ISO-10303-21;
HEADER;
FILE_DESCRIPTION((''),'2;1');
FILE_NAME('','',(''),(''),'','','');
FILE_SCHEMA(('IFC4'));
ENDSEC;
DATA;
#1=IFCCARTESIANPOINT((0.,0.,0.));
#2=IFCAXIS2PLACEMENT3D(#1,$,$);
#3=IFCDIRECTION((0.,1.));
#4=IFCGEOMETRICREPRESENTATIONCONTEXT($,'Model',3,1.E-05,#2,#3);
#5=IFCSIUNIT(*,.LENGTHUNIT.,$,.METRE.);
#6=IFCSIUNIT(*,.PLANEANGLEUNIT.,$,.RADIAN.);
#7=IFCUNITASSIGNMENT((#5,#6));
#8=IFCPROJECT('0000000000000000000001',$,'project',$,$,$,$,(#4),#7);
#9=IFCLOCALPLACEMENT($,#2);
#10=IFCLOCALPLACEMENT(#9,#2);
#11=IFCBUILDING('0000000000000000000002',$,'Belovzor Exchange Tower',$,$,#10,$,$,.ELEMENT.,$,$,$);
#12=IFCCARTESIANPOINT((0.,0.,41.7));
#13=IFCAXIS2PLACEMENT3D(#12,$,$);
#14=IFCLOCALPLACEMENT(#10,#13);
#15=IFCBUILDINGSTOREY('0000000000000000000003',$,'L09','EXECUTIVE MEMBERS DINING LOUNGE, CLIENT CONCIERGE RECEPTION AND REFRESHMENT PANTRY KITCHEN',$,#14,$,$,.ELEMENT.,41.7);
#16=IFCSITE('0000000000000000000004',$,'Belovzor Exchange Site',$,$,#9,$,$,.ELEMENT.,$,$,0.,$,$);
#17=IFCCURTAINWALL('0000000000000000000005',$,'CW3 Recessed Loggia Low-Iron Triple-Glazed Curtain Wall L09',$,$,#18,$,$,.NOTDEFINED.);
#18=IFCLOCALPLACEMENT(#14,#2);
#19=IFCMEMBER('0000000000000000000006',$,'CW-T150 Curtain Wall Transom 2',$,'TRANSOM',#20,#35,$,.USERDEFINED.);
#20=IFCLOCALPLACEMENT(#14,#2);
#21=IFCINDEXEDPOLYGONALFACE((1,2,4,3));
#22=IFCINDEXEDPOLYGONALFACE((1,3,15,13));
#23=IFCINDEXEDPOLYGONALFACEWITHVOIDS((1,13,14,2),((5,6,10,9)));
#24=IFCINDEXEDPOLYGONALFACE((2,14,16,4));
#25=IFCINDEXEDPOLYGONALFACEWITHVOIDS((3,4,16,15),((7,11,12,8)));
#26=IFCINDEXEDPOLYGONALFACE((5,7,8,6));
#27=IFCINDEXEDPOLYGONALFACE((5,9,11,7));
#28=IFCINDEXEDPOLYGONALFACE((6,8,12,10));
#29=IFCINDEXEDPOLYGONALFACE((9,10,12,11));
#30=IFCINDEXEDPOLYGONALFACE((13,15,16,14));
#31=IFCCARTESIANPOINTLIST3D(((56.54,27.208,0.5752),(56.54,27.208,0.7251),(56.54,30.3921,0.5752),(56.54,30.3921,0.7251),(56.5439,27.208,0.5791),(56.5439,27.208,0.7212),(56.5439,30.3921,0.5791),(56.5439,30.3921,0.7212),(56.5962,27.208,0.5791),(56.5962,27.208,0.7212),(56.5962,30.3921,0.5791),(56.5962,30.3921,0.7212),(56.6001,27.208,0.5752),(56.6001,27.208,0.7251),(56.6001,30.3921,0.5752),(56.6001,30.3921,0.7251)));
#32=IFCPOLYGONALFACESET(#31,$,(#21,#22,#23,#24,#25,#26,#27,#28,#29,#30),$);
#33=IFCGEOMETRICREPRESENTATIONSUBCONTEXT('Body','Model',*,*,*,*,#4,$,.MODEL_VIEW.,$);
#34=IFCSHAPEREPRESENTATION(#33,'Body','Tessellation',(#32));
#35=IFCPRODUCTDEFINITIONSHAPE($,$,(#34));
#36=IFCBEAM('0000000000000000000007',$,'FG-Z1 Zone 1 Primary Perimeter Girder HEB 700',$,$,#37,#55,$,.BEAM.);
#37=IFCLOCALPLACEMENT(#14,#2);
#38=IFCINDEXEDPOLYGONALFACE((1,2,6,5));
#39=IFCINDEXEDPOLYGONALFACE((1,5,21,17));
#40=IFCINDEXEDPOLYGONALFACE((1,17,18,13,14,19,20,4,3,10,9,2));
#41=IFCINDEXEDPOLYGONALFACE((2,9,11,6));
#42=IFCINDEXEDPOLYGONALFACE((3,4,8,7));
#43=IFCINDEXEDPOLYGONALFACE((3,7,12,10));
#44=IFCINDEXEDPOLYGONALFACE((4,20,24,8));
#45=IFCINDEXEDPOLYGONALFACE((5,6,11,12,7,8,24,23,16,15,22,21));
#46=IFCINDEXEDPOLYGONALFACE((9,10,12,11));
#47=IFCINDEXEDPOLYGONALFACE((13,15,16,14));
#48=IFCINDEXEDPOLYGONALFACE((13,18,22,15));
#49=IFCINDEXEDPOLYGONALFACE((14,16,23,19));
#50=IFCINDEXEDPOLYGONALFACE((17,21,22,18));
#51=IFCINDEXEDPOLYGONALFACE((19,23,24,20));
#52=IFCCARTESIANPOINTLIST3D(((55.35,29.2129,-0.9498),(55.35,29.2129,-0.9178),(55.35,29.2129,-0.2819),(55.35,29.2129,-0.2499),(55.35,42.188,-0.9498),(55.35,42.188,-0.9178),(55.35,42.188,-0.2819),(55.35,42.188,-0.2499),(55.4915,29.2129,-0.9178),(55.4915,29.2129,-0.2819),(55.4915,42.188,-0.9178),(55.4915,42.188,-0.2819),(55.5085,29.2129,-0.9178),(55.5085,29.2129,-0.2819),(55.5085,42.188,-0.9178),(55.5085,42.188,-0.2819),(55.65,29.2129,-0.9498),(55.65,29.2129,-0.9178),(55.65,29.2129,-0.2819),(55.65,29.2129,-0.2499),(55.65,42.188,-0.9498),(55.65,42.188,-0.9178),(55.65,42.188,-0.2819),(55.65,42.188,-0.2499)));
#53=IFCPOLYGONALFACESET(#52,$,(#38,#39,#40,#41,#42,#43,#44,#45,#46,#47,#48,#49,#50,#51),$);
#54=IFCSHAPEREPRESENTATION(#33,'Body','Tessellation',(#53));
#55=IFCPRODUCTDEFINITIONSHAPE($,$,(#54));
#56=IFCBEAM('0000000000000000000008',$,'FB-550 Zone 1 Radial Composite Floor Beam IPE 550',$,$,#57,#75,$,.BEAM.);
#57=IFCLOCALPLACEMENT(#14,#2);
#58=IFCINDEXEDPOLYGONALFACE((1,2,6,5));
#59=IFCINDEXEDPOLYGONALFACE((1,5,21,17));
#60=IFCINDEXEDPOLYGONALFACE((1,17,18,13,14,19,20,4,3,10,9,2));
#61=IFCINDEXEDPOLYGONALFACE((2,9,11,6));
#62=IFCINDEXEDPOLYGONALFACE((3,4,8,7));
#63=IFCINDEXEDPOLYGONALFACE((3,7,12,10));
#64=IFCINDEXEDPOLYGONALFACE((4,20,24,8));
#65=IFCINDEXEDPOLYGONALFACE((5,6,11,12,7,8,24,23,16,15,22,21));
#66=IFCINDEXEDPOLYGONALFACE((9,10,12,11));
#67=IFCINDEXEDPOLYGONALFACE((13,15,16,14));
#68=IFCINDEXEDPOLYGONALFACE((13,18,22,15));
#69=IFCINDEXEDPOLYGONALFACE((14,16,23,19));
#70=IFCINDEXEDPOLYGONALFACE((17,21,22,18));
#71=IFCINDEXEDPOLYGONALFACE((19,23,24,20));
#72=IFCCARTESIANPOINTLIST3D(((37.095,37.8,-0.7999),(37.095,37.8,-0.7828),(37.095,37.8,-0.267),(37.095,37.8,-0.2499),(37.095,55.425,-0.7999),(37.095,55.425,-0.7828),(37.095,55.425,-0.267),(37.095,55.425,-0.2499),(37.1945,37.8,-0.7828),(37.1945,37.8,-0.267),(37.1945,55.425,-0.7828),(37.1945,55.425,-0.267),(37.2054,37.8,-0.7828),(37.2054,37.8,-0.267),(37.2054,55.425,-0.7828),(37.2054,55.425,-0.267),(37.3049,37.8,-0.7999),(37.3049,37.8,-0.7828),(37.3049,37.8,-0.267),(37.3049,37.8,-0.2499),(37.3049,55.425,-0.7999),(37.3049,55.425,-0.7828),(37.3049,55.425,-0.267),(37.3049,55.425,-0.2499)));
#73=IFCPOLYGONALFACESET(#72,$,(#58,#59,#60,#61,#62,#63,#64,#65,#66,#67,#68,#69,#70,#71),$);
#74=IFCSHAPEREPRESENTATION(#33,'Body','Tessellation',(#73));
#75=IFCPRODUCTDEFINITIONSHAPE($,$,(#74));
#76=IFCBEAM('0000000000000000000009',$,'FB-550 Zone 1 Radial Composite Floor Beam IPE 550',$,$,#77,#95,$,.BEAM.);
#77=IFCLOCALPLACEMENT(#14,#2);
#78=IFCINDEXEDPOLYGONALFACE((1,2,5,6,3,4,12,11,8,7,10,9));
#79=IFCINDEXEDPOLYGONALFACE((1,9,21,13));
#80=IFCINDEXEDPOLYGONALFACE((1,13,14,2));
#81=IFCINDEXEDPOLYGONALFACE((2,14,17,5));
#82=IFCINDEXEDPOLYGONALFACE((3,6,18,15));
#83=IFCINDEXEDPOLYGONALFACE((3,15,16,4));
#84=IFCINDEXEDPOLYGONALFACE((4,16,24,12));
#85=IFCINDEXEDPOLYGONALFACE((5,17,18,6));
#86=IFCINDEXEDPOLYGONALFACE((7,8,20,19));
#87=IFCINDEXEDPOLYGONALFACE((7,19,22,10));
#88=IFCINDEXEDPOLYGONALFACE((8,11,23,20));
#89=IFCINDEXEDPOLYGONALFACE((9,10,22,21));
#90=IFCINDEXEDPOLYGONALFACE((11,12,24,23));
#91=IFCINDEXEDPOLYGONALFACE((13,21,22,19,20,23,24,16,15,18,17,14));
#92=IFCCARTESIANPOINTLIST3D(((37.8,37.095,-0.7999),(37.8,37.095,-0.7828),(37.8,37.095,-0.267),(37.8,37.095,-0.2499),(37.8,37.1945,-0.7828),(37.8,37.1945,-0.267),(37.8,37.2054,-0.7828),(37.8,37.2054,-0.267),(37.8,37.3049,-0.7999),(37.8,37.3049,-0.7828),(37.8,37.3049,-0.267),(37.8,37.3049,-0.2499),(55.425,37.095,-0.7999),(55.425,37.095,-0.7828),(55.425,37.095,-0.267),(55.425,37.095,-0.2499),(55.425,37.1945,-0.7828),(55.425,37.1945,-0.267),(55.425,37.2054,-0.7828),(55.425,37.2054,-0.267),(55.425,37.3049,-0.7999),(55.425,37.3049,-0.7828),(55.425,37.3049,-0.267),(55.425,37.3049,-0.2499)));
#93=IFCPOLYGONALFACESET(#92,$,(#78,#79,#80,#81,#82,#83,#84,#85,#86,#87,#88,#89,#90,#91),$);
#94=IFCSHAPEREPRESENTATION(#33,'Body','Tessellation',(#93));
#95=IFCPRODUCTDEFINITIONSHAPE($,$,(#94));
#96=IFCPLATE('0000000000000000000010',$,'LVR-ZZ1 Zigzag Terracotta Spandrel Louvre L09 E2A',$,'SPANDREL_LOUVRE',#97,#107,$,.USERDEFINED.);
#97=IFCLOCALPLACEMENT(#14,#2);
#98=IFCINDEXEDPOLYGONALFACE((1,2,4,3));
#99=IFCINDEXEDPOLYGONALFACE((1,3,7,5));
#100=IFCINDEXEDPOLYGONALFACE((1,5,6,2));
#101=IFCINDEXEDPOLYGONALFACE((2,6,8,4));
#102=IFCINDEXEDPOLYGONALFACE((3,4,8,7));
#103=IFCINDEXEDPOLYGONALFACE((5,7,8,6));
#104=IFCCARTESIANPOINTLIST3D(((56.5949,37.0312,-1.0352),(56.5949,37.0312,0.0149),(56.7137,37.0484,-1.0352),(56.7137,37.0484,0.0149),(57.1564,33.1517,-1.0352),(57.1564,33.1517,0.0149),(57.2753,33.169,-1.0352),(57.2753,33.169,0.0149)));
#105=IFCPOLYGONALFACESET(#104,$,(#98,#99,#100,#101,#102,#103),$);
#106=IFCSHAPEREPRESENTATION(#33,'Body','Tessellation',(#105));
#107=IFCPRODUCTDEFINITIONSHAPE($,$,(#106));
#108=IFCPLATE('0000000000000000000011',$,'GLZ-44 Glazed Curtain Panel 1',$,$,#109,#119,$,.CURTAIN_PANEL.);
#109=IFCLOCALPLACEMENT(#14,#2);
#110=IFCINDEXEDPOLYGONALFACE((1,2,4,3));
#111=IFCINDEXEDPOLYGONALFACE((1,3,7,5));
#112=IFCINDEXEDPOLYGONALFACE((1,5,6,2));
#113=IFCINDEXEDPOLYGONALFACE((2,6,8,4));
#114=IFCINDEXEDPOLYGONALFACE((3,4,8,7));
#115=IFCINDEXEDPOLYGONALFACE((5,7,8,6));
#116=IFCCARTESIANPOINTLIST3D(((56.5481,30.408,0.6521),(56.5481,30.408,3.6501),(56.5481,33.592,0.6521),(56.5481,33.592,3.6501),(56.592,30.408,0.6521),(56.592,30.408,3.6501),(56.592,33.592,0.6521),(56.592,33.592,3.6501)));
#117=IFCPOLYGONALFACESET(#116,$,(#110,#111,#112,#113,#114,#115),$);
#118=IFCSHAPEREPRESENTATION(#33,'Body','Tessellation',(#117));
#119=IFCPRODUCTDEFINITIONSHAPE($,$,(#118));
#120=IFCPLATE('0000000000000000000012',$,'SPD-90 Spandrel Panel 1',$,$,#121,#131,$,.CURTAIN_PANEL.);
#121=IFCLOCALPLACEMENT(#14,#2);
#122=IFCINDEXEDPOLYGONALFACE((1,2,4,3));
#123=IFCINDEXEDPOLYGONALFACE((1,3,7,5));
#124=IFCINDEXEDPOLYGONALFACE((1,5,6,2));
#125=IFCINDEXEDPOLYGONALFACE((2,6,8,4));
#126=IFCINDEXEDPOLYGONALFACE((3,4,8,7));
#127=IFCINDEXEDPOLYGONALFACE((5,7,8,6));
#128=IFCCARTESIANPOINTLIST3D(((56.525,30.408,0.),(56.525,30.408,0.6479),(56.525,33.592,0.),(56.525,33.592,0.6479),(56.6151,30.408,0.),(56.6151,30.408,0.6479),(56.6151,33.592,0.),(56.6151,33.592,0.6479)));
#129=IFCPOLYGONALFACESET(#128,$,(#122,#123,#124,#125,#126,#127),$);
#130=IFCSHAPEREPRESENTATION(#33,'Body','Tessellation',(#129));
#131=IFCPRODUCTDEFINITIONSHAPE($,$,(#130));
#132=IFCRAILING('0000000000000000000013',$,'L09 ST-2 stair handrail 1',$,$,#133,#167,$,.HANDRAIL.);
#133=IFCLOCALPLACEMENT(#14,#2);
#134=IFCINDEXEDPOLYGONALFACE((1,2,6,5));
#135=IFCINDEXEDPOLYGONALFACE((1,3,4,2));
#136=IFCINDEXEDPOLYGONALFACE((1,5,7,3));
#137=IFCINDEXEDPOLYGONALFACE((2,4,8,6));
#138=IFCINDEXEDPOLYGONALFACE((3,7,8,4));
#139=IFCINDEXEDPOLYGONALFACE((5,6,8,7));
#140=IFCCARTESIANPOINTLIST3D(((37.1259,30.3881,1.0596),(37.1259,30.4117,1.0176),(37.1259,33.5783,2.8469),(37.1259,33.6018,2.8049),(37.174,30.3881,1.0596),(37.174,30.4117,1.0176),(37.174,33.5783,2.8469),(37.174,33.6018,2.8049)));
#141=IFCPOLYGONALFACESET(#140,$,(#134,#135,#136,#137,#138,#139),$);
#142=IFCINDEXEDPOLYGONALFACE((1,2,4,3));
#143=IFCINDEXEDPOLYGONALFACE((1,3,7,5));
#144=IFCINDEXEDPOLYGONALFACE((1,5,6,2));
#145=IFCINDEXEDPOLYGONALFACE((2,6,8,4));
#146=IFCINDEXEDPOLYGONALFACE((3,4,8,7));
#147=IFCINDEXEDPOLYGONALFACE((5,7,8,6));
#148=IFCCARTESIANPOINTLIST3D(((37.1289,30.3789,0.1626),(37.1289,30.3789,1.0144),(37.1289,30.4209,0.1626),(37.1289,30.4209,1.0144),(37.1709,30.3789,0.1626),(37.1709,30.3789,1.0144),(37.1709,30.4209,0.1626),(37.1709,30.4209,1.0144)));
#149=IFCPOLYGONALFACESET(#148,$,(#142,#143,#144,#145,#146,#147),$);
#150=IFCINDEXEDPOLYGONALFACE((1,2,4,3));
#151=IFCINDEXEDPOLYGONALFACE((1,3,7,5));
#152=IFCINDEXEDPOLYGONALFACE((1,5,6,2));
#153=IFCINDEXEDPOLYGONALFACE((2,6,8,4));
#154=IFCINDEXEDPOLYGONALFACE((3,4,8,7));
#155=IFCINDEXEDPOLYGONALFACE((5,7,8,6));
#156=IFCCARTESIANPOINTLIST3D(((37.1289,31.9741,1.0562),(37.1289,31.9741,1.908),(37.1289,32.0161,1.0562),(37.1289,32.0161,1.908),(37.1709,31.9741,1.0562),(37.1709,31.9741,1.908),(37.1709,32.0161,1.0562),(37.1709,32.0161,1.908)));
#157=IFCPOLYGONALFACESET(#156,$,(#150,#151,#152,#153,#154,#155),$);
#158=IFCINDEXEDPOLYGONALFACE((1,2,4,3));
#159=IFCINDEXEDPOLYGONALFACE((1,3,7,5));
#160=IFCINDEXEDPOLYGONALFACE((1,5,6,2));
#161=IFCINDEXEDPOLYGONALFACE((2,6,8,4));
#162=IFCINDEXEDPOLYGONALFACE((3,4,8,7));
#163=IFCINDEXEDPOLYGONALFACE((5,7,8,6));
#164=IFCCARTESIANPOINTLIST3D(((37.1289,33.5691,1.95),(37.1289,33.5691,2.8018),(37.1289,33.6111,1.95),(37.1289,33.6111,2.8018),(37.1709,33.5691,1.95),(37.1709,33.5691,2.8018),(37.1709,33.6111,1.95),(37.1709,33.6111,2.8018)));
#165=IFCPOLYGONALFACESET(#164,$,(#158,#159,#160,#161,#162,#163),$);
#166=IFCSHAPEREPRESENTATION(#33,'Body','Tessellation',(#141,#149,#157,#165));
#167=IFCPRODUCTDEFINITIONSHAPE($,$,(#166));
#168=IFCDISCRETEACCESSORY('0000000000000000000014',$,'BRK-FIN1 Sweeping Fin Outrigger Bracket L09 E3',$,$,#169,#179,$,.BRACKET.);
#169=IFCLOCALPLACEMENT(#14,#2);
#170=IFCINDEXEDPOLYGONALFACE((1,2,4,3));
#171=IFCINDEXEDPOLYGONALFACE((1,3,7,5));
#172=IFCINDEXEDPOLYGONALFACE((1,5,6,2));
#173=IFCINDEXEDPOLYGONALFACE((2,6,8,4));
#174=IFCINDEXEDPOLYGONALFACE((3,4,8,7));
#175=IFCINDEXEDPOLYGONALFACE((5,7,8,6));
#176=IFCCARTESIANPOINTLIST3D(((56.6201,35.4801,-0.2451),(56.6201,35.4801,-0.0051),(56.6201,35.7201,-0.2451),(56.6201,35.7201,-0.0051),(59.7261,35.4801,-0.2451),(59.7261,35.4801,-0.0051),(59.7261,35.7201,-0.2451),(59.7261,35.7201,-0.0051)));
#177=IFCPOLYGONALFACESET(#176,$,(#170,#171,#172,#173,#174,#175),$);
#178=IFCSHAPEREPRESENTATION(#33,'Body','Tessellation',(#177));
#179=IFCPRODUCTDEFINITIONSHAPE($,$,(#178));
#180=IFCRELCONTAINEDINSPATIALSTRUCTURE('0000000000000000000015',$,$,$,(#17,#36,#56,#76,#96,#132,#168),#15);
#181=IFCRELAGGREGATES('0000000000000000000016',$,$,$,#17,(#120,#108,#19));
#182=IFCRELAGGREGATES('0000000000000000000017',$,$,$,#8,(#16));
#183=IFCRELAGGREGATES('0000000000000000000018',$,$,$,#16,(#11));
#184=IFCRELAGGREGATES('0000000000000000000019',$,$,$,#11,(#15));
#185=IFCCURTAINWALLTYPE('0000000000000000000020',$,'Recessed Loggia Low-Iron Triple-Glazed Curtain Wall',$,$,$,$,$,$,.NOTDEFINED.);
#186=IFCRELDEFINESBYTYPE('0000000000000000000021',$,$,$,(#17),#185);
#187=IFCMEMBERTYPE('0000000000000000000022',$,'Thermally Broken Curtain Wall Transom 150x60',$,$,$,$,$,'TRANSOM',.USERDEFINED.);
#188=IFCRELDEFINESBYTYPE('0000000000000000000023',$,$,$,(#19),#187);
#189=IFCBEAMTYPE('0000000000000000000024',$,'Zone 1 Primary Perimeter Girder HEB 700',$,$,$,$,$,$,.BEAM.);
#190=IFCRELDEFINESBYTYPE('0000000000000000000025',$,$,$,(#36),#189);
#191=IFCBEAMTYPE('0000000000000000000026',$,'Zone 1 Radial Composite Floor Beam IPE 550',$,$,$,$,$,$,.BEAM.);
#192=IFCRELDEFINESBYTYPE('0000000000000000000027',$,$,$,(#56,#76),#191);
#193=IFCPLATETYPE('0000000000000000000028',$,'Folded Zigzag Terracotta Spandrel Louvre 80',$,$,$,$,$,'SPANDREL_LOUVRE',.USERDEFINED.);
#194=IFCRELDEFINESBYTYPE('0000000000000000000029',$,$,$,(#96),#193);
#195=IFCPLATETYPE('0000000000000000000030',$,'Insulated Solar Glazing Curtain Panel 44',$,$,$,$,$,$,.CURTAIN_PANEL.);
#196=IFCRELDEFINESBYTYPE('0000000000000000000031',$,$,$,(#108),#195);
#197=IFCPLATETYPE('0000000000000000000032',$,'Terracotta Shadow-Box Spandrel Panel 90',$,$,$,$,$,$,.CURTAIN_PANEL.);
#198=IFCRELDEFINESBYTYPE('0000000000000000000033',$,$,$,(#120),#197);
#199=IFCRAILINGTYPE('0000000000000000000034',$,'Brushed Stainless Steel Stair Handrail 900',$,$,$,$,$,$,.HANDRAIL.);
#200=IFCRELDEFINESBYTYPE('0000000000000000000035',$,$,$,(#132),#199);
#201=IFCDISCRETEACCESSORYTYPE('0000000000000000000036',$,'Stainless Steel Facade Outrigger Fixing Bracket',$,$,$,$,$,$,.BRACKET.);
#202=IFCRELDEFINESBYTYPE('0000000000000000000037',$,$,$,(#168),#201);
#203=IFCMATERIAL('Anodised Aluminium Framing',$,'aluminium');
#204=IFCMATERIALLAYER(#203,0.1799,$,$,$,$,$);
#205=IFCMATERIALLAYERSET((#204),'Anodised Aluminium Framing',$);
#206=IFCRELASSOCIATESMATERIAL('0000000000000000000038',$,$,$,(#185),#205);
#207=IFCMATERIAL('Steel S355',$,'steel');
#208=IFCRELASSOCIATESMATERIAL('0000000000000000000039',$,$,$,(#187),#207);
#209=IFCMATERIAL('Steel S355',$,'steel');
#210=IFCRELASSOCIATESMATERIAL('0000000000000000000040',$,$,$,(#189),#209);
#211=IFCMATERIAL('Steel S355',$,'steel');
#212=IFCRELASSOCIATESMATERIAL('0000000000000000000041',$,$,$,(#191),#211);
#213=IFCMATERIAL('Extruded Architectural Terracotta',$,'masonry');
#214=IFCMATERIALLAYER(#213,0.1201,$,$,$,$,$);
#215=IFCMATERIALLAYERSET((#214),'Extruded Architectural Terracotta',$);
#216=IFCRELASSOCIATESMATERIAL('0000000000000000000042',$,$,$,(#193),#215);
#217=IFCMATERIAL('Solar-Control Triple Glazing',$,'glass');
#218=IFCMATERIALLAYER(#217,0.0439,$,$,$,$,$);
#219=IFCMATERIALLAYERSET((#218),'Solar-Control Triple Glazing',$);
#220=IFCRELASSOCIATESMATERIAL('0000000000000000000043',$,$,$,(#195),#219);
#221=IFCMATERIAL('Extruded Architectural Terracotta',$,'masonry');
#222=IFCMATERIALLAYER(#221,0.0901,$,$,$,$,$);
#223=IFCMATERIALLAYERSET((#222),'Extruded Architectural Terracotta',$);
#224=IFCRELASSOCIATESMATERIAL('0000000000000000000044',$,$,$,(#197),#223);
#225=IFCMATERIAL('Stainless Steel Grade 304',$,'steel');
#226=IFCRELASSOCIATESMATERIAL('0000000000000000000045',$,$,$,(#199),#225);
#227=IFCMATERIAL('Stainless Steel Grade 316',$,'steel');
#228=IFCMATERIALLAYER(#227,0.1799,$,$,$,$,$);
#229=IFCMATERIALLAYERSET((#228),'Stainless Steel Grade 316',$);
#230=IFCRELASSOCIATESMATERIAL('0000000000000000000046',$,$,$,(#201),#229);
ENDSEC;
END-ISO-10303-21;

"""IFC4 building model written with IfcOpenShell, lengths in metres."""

from ifc_helpers import new_model, si_unit, direction, frame, origin, origin_2d, place, context, subcontext, project, spatial, rectangle, hollow_rectangle, i_section, extrude, material, layer, layer_set, material_profile, profile_set, type_object, element, aggregate, save


model = new_model("IFC4")

# Units and contexts
model_context = context("Model", 3, precision=1e-05, world=origin(), true_north=direction((0.0, 1.0)))
body_context = subcontext(model_context, "Body", "Model", "MODEL_VIEW")
ifc_project = project(units=[si_unit("LENGTHUNIT", "METRE"), si_unit("PLANEANGLEUNIT", "RADIAN")], contexts=[model_context])

# Site, building, storey
site_placement = place(None, origin())
site = spatial("IfcSite", under=ifc_project, at=site_placement, Name="Belovzor Exchange Site", CompositionType="ELEMENT", RefElevation=0.0)
building_placement = place(site_placement, origin())
building = spatial("IfcBuilding", under=site, at=building_placement, Name="Belovzor Exchange Tower", CompositionType="ELEMENT")
storey_placement = place(building_placement, frame((0.0, 0.0, 41.7)))
storey = spatial("IfcBuildingStorey", under=building, at=storey_placement, Name="L09", Description="EXECUTIVE MEMBERS DINING LOUNGE, CLIENT CONCIERGE RECEPTION AND REFRESHMENT PANTRY KITCHEN", CompositionType="ELEMENT", Elevation=41.7)

# Curtain wall, member
ifc_material_1 = material(Name="Anodised Aluminium Framing", Category="aluminium")
ifc_layer_1 = layer(ifc_material_1, 0.1799)
ifc_layer_set_1 = layer_set([ifc_layer_1], Name="Anodised Aluminium Framing")
curtain_wall_type = type_object("IfcCurtainWallType", Name="Recessed Loggia Low-Iron Triple-Glazed Curtain Wall", PredefinedType="NOTDEFINED", material=ifc_layer_set_1)
curtain_wall_placement = place(storey_placement, origin())
curtain_wall = element("IfcCurtainWall", 1, at=curtain_wall_placement, inside=storey, type_object=curtain_wall_type, Name="CW3 Recessed Loggia Low-Iron Triple-Glazed Curtain Wall L09", PredefinedType="NOTDEFINED")
ifc_material_2 = material(Name="Steel S355", Category="steel")
ifc_material_profile_1 = material_profile(ifc_material_2, hollow_rectangle(XDim=0.0601, YDim=0.1499, WallThickness=0.0039, at=origin_2d()))
ifc_profile_set_1 = profile_set([ifc_material_profile_1], Name="Steel S355")
member_type_1 = type_object("IfcMemberType", Name="Thermally Broken Curtain Wall Transom 150x60", ElementType="TRANSOM", PredefinedType="USERDEFINED", material=ifc_profile_set_1)
member_1_placement = place(storey_placement, frame((56.5701, 30.3921, 0.6501), z_axis=(0.0, -1.0, 0.0), x_axis=(1.0, 0.0, 0.0)))
member_1 = element("IfcMember", 2, at=member_1_placement, type_object=member_type_1, Name="CW-T150 Curtain Wall Transom 2", ObjectType="TRANSOM", PredefinedType="USERDEFINED", context=body_context, shape_type="SweptSolid", body=[
    extrude(hollow_rectangle(XDim=0.0601, YDim=0.1499, WallThickness=0.0039, at=origin_2d()), origin(), (0.0, 0.0, 1.0), 3.1841),
])

# Beams
ifc_material_3 = material(Name="Steel S355", Category="steel")
ifc_material_profile_2 = material_profile(ifc_material_3, i_section(OverallWidth=0.3, OverallDepth=0.7, WebThickness=0.0171, FlangeThickness=0.032, at=origin_2d()))
ifc_profile_set_2 = profile_set([ifc_material_profile_2], Name="Steel S355")
beam_type_1 = type_object("IfcBeamType", Name="Zone 1 Primary Perimeter Girder HEB 700", PredefinedType="BEAM", material=ifc_profile_set_2)
beam_1_placement = place(storey_placement, frame((55.5, 29.2129, -0.5999), z_axis=(0.0, 1.0, 0.0), x_axis=(-1.0, 0.0, 0.0)))
element("IfcBeam", 3, at=beam_1_placement, inside=storey, type_object=beam_type_1, Name="FG-Z1 Zone 1 Primary Perimeter Girder HEB 700", PredefinedType="BEAM", context=body_context, shape_type="SweptSolid", body=[
    extrude(i_section(OverallWidth=0.3, OverallDepth=0.7, WebThickness=0.0171, FlangeThickness=0.032, at=origin_2d()), origin(), (0.0, 0.0, 1.0), 12.9751),
])
ifc_material_4 = material(Name="Steel S355", Category="steel")
ifc_material_profile_3 = material_profile(ifc_material_4, i_section(OverallWidth=0.21, OverallDepth=0.55, WebThickness=0.011, FlangeThickness=0.0171, at=origin_2d()))
ifc_profile_set_3 = profile_set([ifc_material_profile_3], Name="Steel S355")
beam_type_2 = type_object("IfcBeamType", Name="Zone 1 Radial Composite Floor Beam IPE 550", PredefinedType="BEAM", material=ifc_profile_set_3)
for number, where, z_axis, x_axis, name in (
    (4, (37.2, 37.8, -0.5249), (0.0, 1.0, 0.0), (-1.0, 0.0, 0.0), "FB-550 Zone 1 Radial Composite Floor Beam IPE 550"),
    (5, (37.8, 37.2, -0.5249), (1.0, 0.0, 0.0), (0.0, 1.0, 0.0), "FB-550 Zone 1 Radial Composite Floor Beam IPE 550"),
):
    element("IfcBeam", number, at=place(storey_placement, frame(where, z_axis=z_axis, x_axis=x_axis)), inside=storey, type_object=beam_type_2, Name=name, PredefinedType="BEAM", context=body_context, shape_type="SweptSolid", body=[
        extrude(i_section(OverallWidth=0.21, OverallDepth=0.55, WebThickness=0.011, FlangeThickness=0.0171, at=origin_2d()), origin(), (0.0, 0.0, 1.0), 17.625),
    ])

# Plates
ifc_material_5 = material(Name="Extruded Architectural Terracotta", Category="masonry")
ifc_layer_2 = layer(ifc_material_5, 0.1201)
ifc_layer_set_2 = layer_set([ifc_layer_2], Name="Extruded Architectural Terracotta")
plate_type_1 = type_object("IfcPlateType", Name="Folded Zigzag Terracotta Spandrel Louvre 80", ElementType="SPANDREL_LOUVRE", PredefinedType="USERDEFINED", material=ifc_layer_set_2)
plate_1_placement = place(storey_placement, frame((56.9351, 35.1001, -1.0352), z_axis=(0.0, 0.0, 1.0), x_axis=(-0.143251, 0.989686, 0.0)))
element("IfcPlate", 6, at=plate_1_placement, inside=storey, type_object=plate_type_1, Name="LVR-ZZ1 Zigzag Terracotta Spandrel Louvre L09 E2A", ObjectType="SPANDREL_LOUVRE", PredefinedType="USERDEFINED", context=body_context, shape_type="SweptSolid", body=[
    extrude(rectangle(XDim=3.9199, YDim=0.1201, at=origin_2d()), origin(), (0.0, 0.0, 1.0), 1.05),
])
ifc_material_6 = material(Name="Solar-Control Triple Glazing", Category="glass")
ifc_layer_3 = layer(ifc_material_6, 0.0439)
ifc_layer_set_3 = layer_set([ifc_layer_3], Name="Solar-Control Triple Glazing")
plate_type_2 = type_object("IfcPlateType", Name="Insulated Solar Glazing Curtain Panel 44", PredefinedType="CURTAIN_PANEL", material=ifc_layer_set_3)
plate_2_placement = place(storey_placement, frame((56.5701, 32.0, 0.6521), z_axis=(0.0, 0.0, 1.0), x_axis=(0.0, -1.0, 0.0)))
plate_2 = element("IfcPlate", 7, at=plate_2_placement, type_object=plate_type_2, Name="GLZ-44 Glazed Curtain Panel 1", PredefinedType="CURTAIN_PANEL", context=body_context, shape_type="SweptSolid", body=[
    extrude(rectangle(XDim=3.1841, YDim=0.0439, at=origin_2d()), origin(), (0.0, 0.0, 1.0), 2.998),
])
ifc_material_7 = material(Name="Extruded Architectural Terracotta", Category="masonry")
ifc_layer_4 = layer(ifc_material_7, 0.0901)
ifc_layer_set_4 = layer_set([ifc_layer_4], Name="Extruded Architectural Terracotta")
plate_type_3 = type_object("IfcPlateType", Name="Terracotta Shadow-Box Spandrel Panel 90", PredefinedType="CURTAIN_PANEL", material=ifc_layer_set_4)
plate_3_placement = place(storey_placement, frame((56.5701, 32.0, 0.0), z_axis=(0.0, 0.0, 1.0), x_axis=(0.0, -1.0, 0.0)))
plate_3 = element("IfcPlate", 8, at=plate_3_placement, type_object=plate_type_3, Name="SPD-90 Spandrel Panel 1", PredefinedType="CURTAIN_PANEL", context=body_context, shape_type="SweptSolid", body=[
    extrude(rectangle(XDim=3.1841, YDim=0.0901, at=origin_2d()), origin(), (0.0, 0.0, 1.0), 0.6479),
])
aggregate(curtain_wall, [plate_3, plate_2, member_1])

# Railing
ifc_material_8 = material(Name="Stainless Steel Grade 304", Category="steel")
railing_type = type_object("IfcRailingType", Name="Brushed Stainless Steel Stair Handrail 900", PredefinedType="HANDRAIL", material=ifc_material_8)
railing_placement = place(storey_placement, frame((37.1499, 30.3999, 0.1626)))
element("IfcRailing", 9, at=railing_placement, inside=storey, type_object=railing_type, Name="L09 ST-2 stair handrail 1", PredefinedType="HANDRAIL", context=body_context, shape_type="SweptSolid", body=[
    extrude(rectangle(XDim=0.0481, YDim=0.0481, at=origin_2d()), frame((0.0, 0.0, 0.876), z_axis=(0.0, 0.872407, 0.48878), x_axis=(-1.0, 0.0, 0.0)), (0.0, 0.0, 1.0), 3.6567),
    extrude(rectangle(XDim=0.042, YDim=0.042, at=origin_2d()), origin(), (0.0, 0.0, 1.0), 0.8518),
    extrude(rectangle(XDim=0.042, YDim=0.042, at=origin_2d()), frame((0.0, 1.5952, 0.8936)), (0.0, 0.0, 1.0), 0.8518),
    extrude(rectangle(XDim=0.042, YDim=0.042, at=origin_2d()), frame((0.0, 3.1902, 1.7874)), (0.0, 0.0, 1.0), 0.8518),
])

# Discrete accessory
ifc_material_9 = material(Name="Stainless Steel Grade 316", Category="steel")
ifc_layer_5 = layer(ifc_material_9, 0.1799)
ifc_layer_set_5 = layer_set([ifc_layer_5], Name="Stainless Steel Grade 316")
discrete_accessory_type = type_object("IfcDiscreteAccessoryType", Name="Stainless Steel Facade Outrigger Fixing Bracket", PredefinedType="BRACKET", material=ifc_layer_set_5)
discrete_accessory_placement = place(storey_placement, frame((58.1731, 35.6001, -0.2451), z_axis=(0.0, 0.0, 1.0), x_axis=(1.0, 0.0, 0.0)))
element("IfcDiscreteAccessory", 10, at=discrete_accessory_placement, inside=storey, type_object=discrete_accessory_type, Name="BRK-FIN1 Sweeping Fin Outrigger Bracket L09 E3", PredefinedType="BRACKET", context=body_context, shape_type="SweptSolid", body=[
    extrude(rectangle(XDim=3.106, YDim=0.24, at=origin_2d()), origin(), (0.0, 0.0, 1.0), 0.24),
])

save(model, "model.ifc")
